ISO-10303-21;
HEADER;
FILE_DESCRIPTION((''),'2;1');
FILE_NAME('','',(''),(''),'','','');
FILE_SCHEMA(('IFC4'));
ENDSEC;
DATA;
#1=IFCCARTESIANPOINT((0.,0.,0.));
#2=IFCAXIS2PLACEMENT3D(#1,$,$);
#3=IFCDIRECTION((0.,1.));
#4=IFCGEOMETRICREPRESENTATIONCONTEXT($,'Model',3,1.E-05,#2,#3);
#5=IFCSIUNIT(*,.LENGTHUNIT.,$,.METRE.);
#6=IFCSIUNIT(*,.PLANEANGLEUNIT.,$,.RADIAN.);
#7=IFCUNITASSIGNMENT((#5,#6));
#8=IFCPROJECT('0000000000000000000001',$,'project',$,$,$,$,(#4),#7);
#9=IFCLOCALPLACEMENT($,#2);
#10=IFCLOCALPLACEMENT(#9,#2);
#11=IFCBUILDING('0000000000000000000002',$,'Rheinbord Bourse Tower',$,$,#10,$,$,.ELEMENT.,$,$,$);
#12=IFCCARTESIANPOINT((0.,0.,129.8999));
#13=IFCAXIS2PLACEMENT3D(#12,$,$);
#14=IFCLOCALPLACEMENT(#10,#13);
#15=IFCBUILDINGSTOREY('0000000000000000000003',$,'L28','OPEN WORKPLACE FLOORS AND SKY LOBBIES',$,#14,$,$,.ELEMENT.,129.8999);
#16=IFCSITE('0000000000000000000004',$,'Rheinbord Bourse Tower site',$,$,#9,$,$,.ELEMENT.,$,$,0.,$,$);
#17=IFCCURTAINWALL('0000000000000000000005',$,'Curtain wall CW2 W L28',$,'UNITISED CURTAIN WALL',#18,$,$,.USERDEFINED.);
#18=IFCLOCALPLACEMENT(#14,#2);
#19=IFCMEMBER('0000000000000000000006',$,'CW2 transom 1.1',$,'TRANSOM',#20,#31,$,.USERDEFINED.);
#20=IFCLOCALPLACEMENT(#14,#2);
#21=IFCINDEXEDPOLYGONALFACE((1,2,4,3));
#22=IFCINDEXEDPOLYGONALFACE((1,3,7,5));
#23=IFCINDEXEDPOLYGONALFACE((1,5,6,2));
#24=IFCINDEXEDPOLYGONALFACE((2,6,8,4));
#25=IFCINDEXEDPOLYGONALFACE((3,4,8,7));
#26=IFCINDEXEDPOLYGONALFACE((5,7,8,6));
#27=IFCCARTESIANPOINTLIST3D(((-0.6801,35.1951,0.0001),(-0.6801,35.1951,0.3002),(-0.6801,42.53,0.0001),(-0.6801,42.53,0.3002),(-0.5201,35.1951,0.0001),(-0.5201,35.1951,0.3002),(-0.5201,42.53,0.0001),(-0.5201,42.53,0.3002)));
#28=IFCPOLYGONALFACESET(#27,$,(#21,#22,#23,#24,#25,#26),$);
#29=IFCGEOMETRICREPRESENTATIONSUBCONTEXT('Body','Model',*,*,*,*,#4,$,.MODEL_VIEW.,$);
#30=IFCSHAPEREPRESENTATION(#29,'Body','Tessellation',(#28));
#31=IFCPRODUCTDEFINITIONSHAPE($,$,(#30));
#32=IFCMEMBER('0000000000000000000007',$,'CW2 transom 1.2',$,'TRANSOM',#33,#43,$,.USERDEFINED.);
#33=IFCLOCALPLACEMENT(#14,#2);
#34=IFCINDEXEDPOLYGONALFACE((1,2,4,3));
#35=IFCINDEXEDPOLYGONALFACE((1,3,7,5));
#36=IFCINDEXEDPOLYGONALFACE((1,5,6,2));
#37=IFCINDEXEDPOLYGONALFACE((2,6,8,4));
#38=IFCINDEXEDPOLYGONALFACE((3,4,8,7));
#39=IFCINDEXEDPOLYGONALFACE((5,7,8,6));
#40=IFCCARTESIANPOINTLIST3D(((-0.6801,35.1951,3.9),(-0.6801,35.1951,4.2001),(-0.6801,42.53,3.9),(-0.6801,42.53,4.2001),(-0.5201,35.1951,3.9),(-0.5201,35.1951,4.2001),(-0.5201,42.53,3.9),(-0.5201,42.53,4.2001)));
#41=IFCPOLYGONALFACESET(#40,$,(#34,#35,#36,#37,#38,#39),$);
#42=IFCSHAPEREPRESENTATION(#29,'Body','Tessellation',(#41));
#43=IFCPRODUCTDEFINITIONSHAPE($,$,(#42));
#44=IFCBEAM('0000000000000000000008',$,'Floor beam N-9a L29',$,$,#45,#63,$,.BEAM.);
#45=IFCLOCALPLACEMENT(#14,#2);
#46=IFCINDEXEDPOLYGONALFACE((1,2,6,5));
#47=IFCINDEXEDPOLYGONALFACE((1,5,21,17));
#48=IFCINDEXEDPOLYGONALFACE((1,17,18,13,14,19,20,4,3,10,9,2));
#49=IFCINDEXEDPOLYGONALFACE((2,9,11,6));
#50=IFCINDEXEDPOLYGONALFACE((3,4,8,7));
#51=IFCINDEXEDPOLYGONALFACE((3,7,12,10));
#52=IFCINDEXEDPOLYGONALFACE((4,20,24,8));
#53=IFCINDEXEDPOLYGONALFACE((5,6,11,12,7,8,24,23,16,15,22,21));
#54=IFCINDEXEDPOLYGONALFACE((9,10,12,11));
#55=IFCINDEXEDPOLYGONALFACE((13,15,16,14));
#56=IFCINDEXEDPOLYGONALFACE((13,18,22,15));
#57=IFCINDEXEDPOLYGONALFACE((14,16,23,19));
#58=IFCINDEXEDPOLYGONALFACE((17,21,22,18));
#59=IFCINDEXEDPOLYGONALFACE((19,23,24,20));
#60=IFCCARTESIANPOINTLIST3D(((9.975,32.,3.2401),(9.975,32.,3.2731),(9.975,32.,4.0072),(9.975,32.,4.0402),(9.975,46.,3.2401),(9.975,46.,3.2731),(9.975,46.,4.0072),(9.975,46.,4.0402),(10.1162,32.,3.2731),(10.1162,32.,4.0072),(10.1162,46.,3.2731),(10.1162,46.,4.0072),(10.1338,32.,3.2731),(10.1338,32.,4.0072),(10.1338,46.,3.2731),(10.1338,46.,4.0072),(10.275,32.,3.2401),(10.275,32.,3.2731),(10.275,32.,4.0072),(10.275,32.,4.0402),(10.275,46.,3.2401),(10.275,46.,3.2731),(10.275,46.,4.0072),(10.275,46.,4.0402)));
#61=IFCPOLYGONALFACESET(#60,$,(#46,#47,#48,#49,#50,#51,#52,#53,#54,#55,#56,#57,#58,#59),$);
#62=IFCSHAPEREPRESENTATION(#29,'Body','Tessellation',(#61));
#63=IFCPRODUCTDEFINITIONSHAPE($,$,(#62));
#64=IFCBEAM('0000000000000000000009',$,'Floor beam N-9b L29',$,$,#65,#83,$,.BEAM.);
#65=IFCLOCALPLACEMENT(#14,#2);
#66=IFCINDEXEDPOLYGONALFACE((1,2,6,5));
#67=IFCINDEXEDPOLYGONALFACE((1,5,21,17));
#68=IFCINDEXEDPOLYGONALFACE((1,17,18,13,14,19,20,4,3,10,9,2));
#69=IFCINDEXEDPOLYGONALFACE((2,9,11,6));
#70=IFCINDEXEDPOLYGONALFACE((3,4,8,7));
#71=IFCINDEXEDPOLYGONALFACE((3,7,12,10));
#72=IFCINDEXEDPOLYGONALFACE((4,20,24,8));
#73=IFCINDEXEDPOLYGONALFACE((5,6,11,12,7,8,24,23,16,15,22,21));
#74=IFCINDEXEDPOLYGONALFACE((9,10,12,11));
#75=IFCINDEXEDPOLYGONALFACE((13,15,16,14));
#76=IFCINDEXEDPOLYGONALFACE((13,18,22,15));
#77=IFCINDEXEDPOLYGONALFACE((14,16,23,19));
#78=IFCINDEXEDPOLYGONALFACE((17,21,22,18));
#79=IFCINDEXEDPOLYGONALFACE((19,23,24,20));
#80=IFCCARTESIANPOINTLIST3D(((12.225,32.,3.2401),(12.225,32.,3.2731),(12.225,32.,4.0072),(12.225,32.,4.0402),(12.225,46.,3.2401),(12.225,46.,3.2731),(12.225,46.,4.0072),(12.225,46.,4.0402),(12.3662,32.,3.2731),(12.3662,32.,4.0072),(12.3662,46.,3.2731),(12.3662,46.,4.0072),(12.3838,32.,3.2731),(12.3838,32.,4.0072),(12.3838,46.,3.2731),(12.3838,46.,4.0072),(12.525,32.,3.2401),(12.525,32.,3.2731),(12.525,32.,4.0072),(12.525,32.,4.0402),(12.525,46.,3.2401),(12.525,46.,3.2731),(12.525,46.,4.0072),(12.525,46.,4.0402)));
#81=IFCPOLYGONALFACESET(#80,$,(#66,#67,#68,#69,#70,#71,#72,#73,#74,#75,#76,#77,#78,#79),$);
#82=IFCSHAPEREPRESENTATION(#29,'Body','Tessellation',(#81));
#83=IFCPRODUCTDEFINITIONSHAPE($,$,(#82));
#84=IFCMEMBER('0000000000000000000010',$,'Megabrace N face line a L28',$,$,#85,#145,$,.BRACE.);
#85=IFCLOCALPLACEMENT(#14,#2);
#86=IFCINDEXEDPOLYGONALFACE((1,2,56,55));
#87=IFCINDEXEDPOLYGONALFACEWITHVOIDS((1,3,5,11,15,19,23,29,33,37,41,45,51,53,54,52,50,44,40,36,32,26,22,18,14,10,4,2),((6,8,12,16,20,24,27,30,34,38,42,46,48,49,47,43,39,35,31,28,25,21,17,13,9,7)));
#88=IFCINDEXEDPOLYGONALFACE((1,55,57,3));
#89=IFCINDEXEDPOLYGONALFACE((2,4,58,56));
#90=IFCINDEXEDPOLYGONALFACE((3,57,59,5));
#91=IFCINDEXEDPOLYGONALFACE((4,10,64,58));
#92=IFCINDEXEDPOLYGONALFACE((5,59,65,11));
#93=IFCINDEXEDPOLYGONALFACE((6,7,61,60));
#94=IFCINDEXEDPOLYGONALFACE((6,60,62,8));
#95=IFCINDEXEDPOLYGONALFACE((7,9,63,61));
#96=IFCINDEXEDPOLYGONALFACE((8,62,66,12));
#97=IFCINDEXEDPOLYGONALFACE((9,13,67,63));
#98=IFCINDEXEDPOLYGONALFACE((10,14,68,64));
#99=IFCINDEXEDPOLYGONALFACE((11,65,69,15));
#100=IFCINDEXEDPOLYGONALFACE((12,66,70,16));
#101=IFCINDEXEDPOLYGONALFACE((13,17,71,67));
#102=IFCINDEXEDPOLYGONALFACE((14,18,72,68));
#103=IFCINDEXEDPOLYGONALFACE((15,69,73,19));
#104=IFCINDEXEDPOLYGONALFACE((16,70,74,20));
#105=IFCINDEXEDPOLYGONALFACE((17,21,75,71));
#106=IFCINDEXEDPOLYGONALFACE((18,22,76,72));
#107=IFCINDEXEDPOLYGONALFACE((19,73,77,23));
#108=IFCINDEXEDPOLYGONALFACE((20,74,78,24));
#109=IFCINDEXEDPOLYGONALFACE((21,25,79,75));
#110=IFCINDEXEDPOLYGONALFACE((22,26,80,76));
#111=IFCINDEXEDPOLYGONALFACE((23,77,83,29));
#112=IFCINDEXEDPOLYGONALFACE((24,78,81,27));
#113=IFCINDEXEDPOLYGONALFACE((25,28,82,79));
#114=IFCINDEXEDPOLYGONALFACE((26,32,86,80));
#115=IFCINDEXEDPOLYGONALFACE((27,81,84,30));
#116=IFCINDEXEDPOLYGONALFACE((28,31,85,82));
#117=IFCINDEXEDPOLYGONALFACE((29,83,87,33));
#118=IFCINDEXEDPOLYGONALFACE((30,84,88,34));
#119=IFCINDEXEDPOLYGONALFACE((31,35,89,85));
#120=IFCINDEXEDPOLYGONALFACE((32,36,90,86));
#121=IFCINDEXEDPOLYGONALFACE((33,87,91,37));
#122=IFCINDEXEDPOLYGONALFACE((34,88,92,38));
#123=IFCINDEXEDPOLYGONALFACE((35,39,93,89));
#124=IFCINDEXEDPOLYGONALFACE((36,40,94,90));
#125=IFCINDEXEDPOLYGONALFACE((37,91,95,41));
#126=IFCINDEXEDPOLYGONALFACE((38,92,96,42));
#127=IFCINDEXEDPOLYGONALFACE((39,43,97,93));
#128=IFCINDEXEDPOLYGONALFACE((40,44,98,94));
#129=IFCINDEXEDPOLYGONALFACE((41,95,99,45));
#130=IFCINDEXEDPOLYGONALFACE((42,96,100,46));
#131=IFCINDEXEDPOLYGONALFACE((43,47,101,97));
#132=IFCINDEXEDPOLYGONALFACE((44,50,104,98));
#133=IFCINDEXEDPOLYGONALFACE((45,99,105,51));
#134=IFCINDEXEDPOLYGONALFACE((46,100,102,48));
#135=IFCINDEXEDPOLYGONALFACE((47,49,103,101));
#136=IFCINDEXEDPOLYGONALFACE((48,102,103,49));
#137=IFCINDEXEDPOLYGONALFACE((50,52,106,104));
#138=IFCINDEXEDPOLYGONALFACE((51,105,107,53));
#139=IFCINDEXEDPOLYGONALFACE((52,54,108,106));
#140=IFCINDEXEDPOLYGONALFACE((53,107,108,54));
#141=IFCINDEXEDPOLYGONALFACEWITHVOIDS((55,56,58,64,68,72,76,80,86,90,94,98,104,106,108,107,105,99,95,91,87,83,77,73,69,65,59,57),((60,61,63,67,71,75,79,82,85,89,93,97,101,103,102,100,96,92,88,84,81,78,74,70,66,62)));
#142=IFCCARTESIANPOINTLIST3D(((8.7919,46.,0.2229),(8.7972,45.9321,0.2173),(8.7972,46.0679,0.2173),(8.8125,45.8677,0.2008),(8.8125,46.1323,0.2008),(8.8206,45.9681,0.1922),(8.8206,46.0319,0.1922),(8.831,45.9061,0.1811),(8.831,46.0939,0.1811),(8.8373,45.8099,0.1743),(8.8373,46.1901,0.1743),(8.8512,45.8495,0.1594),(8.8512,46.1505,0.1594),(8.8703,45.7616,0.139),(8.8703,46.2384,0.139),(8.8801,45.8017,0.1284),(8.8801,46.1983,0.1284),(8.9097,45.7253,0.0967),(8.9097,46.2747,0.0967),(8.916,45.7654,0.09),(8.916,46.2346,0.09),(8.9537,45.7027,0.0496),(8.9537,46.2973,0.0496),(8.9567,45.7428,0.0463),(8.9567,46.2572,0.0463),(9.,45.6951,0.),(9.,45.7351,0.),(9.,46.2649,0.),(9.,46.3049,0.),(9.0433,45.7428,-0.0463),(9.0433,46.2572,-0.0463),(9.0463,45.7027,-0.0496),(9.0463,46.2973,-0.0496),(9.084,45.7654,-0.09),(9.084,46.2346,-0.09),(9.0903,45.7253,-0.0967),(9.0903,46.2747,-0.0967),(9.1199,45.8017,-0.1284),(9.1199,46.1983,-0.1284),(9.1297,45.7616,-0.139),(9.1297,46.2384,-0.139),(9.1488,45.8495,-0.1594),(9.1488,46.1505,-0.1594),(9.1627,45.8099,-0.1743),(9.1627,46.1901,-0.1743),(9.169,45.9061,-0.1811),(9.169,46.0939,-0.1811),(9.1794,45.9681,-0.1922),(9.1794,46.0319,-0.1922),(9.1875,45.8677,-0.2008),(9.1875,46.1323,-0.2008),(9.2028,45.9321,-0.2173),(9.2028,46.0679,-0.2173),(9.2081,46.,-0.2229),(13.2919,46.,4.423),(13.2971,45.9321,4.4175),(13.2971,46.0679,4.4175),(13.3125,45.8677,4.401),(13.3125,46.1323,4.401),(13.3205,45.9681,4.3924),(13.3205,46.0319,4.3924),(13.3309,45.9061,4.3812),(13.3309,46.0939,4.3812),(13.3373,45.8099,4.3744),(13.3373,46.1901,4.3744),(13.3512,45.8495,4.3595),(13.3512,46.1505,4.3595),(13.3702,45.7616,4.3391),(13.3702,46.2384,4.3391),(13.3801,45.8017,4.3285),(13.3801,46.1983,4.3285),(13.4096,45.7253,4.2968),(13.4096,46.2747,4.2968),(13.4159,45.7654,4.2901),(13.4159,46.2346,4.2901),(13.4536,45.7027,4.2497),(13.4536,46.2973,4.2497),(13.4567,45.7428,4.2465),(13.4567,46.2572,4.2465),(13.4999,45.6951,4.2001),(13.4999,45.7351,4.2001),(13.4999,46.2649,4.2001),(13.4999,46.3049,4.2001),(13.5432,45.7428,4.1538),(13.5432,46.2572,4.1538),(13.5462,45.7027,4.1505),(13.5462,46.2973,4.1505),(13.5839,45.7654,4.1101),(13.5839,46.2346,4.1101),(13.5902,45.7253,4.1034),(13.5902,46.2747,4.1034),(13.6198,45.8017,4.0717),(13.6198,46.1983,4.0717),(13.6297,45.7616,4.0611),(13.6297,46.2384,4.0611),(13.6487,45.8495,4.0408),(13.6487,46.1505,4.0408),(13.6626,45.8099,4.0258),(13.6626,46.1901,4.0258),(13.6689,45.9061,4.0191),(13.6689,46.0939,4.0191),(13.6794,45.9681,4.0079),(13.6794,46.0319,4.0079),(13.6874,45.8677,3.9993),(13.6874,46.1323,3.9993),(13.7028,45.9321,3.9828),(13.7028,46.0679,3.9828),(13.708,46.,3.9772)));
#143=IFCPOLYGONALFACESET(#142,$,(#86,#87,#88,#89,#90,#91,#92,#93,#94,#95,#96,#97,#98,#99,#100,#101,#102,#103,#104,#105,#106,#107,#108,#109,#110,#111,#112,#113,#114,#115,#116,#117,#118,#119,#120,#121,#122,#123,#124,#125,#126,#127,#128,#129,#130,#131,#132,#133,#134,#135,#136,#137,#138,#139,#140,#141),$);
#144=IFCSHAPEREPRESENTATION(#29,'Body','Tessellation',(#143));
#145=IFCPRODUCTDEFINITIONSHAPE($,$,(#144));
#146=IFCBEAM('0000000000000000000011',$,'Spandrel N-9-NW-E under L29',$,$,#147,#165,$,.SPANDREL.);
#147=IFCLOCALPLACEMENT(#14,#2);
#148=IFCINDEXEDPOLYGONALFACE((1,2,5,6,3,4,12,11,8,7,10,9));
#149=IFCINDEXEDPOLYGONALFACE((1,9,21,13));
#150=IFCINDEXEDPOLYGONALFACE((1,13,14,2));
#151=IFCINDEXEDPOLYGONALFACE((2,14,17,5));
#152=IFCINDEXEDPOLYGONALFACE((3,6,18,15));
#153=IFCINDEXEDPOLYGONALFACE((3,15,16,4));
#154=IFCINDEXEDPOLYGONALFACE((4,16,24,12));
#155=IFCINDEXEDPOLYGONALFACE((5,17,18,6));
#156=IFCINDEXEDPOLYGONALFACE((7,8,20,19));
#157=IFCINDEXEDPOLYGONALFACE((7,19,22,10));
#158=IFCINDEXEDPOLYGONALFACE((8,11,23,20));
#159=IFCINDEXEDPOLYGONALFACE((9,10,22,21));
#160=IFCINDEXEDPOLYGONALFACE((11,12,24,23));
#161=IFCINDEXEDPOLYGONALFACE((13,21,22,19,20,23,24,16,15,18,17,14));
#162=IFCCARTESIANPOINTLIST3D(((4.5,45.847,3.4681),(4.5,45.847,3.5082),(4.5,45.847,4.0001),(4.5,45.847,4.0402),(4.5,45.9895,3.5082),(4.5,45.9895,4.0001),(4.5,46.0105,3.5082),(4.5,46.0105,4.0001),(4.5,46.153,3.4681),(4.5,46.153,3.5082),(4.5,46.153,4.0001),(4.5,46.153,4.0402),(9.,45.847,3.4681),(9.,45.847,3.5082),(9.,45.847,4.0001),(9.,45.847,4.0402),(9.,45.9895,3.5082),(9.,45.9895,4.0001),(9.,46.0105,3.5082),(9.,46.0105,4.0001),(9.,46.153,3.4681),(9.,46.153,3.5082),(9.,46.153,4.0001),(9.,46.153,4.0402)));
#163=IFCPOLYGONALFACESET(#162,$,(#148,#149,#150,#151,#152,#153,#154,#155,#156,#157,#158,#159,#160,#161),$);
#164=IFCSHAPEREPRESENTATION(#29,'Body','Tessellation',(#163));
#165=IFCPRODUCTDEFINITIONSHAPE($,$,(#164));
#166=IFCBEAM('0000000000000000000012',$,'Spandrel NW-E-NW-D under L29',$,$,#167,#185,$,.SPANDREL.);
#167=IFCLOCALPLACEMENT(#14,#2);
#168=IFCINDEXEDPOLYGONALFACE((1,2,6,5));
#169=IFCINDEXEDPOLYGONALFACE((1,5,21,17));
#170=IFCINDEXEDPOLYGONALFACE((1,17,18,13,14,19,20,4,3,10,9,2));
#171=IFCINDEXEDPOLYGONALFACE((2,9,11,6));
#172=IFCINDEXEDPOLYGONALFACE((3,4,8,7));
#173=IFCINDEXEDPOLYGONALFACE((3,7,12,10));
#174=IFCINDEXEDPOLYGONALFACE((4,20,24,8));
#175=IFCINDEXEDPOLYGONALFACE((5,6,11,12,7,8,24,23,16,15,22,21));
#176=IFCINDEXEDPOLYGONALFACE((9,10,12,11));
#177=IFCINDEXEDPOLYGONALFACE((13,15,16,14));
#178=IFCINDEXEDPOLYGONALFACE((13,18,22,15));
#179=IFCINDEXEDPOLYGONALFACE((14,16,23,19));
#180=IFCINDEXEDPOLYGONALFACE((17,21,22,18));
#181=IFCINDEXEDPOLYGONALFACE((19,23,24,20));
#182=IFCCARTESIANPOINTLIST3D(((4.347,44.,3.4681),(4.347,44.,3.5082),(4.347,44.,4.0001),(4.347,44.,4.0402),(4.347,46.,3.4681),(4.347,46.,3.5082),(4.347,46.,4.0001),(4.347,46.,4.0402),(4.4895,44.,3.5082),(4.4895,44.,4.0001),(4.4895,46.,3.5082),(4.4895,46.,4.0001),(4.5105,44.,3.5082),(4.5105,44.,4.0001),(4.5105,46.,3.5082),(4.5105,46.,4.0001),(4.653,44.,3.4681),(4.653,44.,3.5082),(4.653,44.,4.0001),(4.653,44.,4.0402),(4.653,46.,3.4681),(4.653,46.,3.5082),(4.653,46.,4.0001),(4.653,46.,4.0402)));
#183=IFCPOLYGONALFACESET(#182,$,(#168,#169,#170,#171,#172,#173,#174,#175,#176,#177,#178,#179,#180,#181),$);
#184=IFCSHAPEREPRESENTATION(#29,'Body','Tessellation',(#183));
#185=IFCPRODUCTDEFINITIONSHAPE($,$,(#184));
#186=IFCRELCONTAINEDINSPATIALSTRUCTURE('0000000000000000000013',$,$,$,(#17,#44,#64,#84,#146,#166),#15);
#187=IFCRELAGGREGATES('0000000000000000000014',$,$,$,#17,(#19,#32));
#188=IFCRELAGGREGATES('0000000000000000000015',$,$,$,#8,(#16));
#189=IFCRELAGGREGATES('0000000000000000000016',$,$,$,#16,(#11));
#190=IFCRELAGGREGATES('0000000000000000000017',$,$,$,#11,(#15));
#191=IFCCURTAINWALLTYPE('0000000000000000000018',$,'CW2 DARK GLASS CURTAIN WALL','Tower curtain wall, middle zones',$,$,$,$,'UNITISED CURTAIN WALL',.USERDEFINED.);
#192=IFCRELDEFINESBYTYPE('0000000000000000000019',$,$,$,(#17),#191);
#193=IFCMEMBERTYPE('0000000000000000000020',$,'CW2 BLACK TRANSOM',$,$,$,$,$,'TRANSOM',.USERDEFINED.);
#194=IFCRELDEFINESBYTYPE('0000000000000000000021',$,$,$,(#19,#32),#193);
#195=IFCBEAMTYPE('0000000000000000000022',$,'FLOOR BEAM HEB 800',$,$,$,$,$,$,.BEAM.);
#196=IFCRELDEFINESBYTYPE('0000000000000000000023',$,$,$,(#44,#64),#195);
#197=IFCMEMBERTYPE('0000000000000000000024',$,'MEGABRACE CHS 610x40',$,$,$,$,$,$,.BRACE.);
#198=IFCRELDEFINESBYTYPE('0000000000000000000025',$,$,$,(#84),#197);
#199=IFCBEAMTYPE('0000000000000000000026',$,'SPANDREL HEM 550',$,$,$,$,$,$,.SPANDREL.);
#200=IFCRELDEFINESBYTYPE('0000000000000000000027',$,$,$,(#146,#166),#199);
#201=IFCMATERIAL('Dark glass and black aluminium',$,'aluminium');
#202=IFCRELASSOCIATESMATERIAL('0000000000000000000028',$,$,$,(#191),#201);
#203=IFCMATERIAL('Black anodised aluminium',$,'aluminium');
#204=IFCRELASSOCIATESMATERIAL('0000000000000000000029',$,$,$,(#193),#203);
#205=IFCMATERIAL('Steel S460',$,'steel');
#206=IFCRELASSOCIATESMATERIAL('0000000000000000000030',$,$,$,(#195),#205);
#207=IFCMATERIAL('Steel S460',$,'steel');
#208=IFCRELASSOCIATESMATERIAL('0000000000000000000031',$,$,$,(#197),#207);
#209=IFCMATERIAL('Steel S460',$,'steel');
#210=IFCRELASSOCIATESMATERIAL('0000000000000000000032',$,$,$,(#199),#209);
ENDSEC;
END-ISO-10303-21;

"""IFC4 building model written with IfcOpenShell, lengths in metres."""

from ifc_helpers import new_model, si_unit, direction, frame, origin, origin_2d, place, context, subcontext, project, spatial, rectangle, hollow_circle, i_section, extrude, material, material_profile, profile_set, type_object, element, aggregate, save


model = new_model("IFC4")

# Units and contexts
model_context = context("Model", 3, precision=1e-05, world=origin(), true_north=direction((0.0, 1.0)))
body_context = subcontext(model_context, "Body", "Model", "MODEL_VIEW")
ifc_project = project(units=[si_unit("LENGTHUNIT", "METRE"), si_unit("PLANEANGLEUNIT", "RADIAN")], contexts=[model_context])

# Site, building, storey
site_placement = place(None, origin())
site = spatial("IfcSite", under=ifc_project, at=site_placement, Name="Rheinbord Bourse Tower site", CompositionType="ELEMENT", RefElevation=0.0)
building_placement = place(site_placement, origin())
building = spatial("IfcBuilding", under=site, at=building_placement, Name="Rheinbord Bourse Tower", CompositionType="ELEMENT")
storey_placement = place(building_placement, frame((0.0, 0.0, 129.8999)))
storey = spatial("IfcBuildingStorey", under=building, at=storey_placement, Name="L28", Description="OPEN WORKPLACE FLOORS AND SKY LOBBIES", CompositionType="ELEMENT", Elevation=129.8999)

# Shared definitions
ifc_material_1 = material(Name="Dark glass and black aluminium", Category="aluminium")
curtain_wall_type = type_object("IfcCurtainWallType", Name="CW2 DARK GLASS CURTAIN WALL", Description="Tower curtain wall, middle zones", ElementType="UNITISED CURTAIN WALL", PredefinedType="USERDEFINED", material=ifc_material_1)

# Curtain wall
curtain_wall_1_placement = place(storey_placement, origin())
curtain_wall_1 = element("IfcCurtainWall", 1, at=curtain_wall_1_placement, inside=storey, type_object=curtain_wall_type, Name="Curtain wall CW2 W L28", ObjectType="UNITISED CURTAIN WALL", PredefinedType="USERDEFINED")

# Members
ifc_material_2 = material(Name="Black anodised aluminium", Category="aluminium")
ifc_material_profile_1 = material_profile(ifc_material_2, rectangle(XDim=0.1599, YDim=0.3, at=origin_2d()), Name="CW2 TRANSOM 300x160")
ifc_profile_set_1 = profile_set([ifc_material_profile_1], Name="Black anodised aluminium")
member_type_1 = type_object("IfcMemberType", Name="CW2 BLACK TRANSOM", ElementType="TRANSOM", PredefinedType="USERDEFINED", material=ifc_profile_set_1)
member_1_placement = place(storey_placement, frame((-0.6001, 42.53, 0.1501), z_axis=(0.0, -1.0, 0.0), x_axis=(1.0, 0.0, 0.0)))
member_1 = element("IfcMember", 2, at=member_1_placement, type_object=member_type_1, Name="CW2 transom 1.1", ObjectType="TRANSOM", PredefinedType="USERDEFINED", context=body_context, shape_type="SweptSolid", body=[
    extrude(rectangle(XDim=0.1599, YDim=0.3, at=origin_2d()), origin(), (0.0, 0.0, 1.0), 7.335),
])
member_2_placement = place(storey_placement, frame((-0.6001, 42.53, 4.05), z_axis=(0.0, -1.0, 0.0), x_axis=(1.0, 0.0, 0.0)))
member_2 = element("IfcMember", 3, at=member_2_placement, type_object=member_type_1, Name="CW2 transom 1.2", ObjectType="TRANSOM", PredefinedType="USERDEFINED", context=body_context, shape_type="SweptSolid", body=[
    extrude(rectangle(XDim=0.1599, YDim=0.3, at=origin_2d()), origin(), (0.0, 0.0, 1.0), 7.335),
])
aggregate(curtain_wall_1, [member_1, member_2])

# Beams
ifc_material_3 = material(Name="Steel S460", Category="steel")
ifc_material_profile_2 = material_profile(ifc_material_3, i_section(OverallWidth=0.3, OverallDepth=0.8, WebThickness=0.0176, FlangeThickness=0.033, at=origin_2d()), Name="HEB 800")
ifc_profile_set_2 = profile_set([ifc_material_profile_2], Name="Steel S460")
beam_type_1 = type_object("IfcBeamType", Name="FLOOR BEAM HEB 800", PredefinedType="BEAM", material=ifc_profile_set_2)
for number, where, z_axis, x_axis, name in (
    (4, (10.125, 46.0, 3.6401), (0.0, -1.0, 0.0), (1.0, 0.0, 0.0), "Floor beam N-9a L29"),
    (5, (12.375, 46.0, 3.6401), (0.0, -1.0, 0.0), (1.0, 0.0, 0.0), "Floor beam N-9b L29"),
):
    element("IfcBeam", number, at=place(storey_placement, frame(where, z_axis=z_axis, x_axis=x_axis)), inside=storey, type_object=beam_type_1, Name=name, PredefinedType="BEAM", context=body_context, shape_type="SweptSolid", body=[
        extrude(i_section(OverallWidth=0.3, OverallDepth=0.8, WebThickness=0.0176, FlangeThickness=0.033, at=origin_2d()), origin(), (0.0, 0.0, 1.0), 14.0),
    ])

# Member
ifc_material_4 = material(Name="Steel S460", Category="steel")
ifc_material_profile_3 = material_profile(ifc_material_4, hollow_circle(Radius=0.3049, WallThickness=0.04, at=origin_2d()), Name="CHS 610x40")
ifc_profile_set_3 = profile_set([ifc_material_profile_3], Name="Steel S460")
member_type_2 = type_object("IfcMemberType", Name="MEGABRACE CHS 610x40", PredefinedType="BRACE", material=ifc_profile_set_3)
member_3_placement = place(storey_placement, frame((9.0, 46.0, 0.0), z_axis=(0.731039, 0.0, 0.682335), x_axis=(0.0, 1.0, 0.0)))
element("IfcMember", 6, at=member_3_placement, inside=storey, type_object=member_type_2, Name="Megabrace N face line a L28", PredefinedType="BRACE", context=body_context, shape_type="SweptSolid", body=[
    extrude(hollow_circle(Radius=0.3049, WallThickness=0.04, at=origin_2d()), origin(), (0.0, 0.0, 1.0), 6.1555),
])

# Beams
ifc_material_5 = material(Name="Steel S460", Category="steel")
ifc_material_profile_4 = material_profile(ifc_material_5, i_section(OverallWidth=0.3059, OverallDepth=0.572, WebThickness=0.021, FlangeThickness=0.04, at=origin_2d()), Name="HEM 550")
ifc_profile_set_4 = profile_set([ifc_material_profile_4], Name="Steel S460")
beam_type_2 = type_object("IfcBeamType", Name="SPANDREL HEM 550", PredefinedType="SPANDREL", material=ifc_profile_set_4)
beam_1_placement = place(storey_placement, frame((9.0, 46.0, 3.7542), z_axis=(-1.0, 0.0, 0.0), x_axis=(0.0, -1.0, 0.0)))
element("IfcBeam", 7, at=beam_1_placement, inside=storey, type_object=beam_type_2, Name="Spandrel N-9-NW-E under L29", PredefinedType="SPANDREL", context=body_context, shape_type="SweptSolid", body=[
    extrude(i_section(OverallWidth=0.3059, OverallDepth=0.572, WebThickness=0.021, FlangeThickness=0.04, at=origin_2d()), origin(), (0.0, 0.0, 1.0), 4.5),
])
beam_2_placement = place(storey_placement, frame((4.5, 46.0, 3.7542), z_axis=(0.0, -1.0, 0.0), x_axis=(1.0, 0.0, 0.0)))
element("IfcBeam", 8, at=beam_2_placement, inside=storey, type_object=beam_type_2, Name="Spandrel NW-E-NW-D under L29", PredefinedType="SPANDREL", context=body_context, shape_type="SweptSolid", body=[
    extrude(i_section(OverallWidth=0.3059, OverallDepth=0.572, WebThickness=0.021, FlangeThickness=0.04, at=origin_2d()), origin(), (0.0, 0.0, 1.0), 2.0),
])

save(model, "model.ifc")
